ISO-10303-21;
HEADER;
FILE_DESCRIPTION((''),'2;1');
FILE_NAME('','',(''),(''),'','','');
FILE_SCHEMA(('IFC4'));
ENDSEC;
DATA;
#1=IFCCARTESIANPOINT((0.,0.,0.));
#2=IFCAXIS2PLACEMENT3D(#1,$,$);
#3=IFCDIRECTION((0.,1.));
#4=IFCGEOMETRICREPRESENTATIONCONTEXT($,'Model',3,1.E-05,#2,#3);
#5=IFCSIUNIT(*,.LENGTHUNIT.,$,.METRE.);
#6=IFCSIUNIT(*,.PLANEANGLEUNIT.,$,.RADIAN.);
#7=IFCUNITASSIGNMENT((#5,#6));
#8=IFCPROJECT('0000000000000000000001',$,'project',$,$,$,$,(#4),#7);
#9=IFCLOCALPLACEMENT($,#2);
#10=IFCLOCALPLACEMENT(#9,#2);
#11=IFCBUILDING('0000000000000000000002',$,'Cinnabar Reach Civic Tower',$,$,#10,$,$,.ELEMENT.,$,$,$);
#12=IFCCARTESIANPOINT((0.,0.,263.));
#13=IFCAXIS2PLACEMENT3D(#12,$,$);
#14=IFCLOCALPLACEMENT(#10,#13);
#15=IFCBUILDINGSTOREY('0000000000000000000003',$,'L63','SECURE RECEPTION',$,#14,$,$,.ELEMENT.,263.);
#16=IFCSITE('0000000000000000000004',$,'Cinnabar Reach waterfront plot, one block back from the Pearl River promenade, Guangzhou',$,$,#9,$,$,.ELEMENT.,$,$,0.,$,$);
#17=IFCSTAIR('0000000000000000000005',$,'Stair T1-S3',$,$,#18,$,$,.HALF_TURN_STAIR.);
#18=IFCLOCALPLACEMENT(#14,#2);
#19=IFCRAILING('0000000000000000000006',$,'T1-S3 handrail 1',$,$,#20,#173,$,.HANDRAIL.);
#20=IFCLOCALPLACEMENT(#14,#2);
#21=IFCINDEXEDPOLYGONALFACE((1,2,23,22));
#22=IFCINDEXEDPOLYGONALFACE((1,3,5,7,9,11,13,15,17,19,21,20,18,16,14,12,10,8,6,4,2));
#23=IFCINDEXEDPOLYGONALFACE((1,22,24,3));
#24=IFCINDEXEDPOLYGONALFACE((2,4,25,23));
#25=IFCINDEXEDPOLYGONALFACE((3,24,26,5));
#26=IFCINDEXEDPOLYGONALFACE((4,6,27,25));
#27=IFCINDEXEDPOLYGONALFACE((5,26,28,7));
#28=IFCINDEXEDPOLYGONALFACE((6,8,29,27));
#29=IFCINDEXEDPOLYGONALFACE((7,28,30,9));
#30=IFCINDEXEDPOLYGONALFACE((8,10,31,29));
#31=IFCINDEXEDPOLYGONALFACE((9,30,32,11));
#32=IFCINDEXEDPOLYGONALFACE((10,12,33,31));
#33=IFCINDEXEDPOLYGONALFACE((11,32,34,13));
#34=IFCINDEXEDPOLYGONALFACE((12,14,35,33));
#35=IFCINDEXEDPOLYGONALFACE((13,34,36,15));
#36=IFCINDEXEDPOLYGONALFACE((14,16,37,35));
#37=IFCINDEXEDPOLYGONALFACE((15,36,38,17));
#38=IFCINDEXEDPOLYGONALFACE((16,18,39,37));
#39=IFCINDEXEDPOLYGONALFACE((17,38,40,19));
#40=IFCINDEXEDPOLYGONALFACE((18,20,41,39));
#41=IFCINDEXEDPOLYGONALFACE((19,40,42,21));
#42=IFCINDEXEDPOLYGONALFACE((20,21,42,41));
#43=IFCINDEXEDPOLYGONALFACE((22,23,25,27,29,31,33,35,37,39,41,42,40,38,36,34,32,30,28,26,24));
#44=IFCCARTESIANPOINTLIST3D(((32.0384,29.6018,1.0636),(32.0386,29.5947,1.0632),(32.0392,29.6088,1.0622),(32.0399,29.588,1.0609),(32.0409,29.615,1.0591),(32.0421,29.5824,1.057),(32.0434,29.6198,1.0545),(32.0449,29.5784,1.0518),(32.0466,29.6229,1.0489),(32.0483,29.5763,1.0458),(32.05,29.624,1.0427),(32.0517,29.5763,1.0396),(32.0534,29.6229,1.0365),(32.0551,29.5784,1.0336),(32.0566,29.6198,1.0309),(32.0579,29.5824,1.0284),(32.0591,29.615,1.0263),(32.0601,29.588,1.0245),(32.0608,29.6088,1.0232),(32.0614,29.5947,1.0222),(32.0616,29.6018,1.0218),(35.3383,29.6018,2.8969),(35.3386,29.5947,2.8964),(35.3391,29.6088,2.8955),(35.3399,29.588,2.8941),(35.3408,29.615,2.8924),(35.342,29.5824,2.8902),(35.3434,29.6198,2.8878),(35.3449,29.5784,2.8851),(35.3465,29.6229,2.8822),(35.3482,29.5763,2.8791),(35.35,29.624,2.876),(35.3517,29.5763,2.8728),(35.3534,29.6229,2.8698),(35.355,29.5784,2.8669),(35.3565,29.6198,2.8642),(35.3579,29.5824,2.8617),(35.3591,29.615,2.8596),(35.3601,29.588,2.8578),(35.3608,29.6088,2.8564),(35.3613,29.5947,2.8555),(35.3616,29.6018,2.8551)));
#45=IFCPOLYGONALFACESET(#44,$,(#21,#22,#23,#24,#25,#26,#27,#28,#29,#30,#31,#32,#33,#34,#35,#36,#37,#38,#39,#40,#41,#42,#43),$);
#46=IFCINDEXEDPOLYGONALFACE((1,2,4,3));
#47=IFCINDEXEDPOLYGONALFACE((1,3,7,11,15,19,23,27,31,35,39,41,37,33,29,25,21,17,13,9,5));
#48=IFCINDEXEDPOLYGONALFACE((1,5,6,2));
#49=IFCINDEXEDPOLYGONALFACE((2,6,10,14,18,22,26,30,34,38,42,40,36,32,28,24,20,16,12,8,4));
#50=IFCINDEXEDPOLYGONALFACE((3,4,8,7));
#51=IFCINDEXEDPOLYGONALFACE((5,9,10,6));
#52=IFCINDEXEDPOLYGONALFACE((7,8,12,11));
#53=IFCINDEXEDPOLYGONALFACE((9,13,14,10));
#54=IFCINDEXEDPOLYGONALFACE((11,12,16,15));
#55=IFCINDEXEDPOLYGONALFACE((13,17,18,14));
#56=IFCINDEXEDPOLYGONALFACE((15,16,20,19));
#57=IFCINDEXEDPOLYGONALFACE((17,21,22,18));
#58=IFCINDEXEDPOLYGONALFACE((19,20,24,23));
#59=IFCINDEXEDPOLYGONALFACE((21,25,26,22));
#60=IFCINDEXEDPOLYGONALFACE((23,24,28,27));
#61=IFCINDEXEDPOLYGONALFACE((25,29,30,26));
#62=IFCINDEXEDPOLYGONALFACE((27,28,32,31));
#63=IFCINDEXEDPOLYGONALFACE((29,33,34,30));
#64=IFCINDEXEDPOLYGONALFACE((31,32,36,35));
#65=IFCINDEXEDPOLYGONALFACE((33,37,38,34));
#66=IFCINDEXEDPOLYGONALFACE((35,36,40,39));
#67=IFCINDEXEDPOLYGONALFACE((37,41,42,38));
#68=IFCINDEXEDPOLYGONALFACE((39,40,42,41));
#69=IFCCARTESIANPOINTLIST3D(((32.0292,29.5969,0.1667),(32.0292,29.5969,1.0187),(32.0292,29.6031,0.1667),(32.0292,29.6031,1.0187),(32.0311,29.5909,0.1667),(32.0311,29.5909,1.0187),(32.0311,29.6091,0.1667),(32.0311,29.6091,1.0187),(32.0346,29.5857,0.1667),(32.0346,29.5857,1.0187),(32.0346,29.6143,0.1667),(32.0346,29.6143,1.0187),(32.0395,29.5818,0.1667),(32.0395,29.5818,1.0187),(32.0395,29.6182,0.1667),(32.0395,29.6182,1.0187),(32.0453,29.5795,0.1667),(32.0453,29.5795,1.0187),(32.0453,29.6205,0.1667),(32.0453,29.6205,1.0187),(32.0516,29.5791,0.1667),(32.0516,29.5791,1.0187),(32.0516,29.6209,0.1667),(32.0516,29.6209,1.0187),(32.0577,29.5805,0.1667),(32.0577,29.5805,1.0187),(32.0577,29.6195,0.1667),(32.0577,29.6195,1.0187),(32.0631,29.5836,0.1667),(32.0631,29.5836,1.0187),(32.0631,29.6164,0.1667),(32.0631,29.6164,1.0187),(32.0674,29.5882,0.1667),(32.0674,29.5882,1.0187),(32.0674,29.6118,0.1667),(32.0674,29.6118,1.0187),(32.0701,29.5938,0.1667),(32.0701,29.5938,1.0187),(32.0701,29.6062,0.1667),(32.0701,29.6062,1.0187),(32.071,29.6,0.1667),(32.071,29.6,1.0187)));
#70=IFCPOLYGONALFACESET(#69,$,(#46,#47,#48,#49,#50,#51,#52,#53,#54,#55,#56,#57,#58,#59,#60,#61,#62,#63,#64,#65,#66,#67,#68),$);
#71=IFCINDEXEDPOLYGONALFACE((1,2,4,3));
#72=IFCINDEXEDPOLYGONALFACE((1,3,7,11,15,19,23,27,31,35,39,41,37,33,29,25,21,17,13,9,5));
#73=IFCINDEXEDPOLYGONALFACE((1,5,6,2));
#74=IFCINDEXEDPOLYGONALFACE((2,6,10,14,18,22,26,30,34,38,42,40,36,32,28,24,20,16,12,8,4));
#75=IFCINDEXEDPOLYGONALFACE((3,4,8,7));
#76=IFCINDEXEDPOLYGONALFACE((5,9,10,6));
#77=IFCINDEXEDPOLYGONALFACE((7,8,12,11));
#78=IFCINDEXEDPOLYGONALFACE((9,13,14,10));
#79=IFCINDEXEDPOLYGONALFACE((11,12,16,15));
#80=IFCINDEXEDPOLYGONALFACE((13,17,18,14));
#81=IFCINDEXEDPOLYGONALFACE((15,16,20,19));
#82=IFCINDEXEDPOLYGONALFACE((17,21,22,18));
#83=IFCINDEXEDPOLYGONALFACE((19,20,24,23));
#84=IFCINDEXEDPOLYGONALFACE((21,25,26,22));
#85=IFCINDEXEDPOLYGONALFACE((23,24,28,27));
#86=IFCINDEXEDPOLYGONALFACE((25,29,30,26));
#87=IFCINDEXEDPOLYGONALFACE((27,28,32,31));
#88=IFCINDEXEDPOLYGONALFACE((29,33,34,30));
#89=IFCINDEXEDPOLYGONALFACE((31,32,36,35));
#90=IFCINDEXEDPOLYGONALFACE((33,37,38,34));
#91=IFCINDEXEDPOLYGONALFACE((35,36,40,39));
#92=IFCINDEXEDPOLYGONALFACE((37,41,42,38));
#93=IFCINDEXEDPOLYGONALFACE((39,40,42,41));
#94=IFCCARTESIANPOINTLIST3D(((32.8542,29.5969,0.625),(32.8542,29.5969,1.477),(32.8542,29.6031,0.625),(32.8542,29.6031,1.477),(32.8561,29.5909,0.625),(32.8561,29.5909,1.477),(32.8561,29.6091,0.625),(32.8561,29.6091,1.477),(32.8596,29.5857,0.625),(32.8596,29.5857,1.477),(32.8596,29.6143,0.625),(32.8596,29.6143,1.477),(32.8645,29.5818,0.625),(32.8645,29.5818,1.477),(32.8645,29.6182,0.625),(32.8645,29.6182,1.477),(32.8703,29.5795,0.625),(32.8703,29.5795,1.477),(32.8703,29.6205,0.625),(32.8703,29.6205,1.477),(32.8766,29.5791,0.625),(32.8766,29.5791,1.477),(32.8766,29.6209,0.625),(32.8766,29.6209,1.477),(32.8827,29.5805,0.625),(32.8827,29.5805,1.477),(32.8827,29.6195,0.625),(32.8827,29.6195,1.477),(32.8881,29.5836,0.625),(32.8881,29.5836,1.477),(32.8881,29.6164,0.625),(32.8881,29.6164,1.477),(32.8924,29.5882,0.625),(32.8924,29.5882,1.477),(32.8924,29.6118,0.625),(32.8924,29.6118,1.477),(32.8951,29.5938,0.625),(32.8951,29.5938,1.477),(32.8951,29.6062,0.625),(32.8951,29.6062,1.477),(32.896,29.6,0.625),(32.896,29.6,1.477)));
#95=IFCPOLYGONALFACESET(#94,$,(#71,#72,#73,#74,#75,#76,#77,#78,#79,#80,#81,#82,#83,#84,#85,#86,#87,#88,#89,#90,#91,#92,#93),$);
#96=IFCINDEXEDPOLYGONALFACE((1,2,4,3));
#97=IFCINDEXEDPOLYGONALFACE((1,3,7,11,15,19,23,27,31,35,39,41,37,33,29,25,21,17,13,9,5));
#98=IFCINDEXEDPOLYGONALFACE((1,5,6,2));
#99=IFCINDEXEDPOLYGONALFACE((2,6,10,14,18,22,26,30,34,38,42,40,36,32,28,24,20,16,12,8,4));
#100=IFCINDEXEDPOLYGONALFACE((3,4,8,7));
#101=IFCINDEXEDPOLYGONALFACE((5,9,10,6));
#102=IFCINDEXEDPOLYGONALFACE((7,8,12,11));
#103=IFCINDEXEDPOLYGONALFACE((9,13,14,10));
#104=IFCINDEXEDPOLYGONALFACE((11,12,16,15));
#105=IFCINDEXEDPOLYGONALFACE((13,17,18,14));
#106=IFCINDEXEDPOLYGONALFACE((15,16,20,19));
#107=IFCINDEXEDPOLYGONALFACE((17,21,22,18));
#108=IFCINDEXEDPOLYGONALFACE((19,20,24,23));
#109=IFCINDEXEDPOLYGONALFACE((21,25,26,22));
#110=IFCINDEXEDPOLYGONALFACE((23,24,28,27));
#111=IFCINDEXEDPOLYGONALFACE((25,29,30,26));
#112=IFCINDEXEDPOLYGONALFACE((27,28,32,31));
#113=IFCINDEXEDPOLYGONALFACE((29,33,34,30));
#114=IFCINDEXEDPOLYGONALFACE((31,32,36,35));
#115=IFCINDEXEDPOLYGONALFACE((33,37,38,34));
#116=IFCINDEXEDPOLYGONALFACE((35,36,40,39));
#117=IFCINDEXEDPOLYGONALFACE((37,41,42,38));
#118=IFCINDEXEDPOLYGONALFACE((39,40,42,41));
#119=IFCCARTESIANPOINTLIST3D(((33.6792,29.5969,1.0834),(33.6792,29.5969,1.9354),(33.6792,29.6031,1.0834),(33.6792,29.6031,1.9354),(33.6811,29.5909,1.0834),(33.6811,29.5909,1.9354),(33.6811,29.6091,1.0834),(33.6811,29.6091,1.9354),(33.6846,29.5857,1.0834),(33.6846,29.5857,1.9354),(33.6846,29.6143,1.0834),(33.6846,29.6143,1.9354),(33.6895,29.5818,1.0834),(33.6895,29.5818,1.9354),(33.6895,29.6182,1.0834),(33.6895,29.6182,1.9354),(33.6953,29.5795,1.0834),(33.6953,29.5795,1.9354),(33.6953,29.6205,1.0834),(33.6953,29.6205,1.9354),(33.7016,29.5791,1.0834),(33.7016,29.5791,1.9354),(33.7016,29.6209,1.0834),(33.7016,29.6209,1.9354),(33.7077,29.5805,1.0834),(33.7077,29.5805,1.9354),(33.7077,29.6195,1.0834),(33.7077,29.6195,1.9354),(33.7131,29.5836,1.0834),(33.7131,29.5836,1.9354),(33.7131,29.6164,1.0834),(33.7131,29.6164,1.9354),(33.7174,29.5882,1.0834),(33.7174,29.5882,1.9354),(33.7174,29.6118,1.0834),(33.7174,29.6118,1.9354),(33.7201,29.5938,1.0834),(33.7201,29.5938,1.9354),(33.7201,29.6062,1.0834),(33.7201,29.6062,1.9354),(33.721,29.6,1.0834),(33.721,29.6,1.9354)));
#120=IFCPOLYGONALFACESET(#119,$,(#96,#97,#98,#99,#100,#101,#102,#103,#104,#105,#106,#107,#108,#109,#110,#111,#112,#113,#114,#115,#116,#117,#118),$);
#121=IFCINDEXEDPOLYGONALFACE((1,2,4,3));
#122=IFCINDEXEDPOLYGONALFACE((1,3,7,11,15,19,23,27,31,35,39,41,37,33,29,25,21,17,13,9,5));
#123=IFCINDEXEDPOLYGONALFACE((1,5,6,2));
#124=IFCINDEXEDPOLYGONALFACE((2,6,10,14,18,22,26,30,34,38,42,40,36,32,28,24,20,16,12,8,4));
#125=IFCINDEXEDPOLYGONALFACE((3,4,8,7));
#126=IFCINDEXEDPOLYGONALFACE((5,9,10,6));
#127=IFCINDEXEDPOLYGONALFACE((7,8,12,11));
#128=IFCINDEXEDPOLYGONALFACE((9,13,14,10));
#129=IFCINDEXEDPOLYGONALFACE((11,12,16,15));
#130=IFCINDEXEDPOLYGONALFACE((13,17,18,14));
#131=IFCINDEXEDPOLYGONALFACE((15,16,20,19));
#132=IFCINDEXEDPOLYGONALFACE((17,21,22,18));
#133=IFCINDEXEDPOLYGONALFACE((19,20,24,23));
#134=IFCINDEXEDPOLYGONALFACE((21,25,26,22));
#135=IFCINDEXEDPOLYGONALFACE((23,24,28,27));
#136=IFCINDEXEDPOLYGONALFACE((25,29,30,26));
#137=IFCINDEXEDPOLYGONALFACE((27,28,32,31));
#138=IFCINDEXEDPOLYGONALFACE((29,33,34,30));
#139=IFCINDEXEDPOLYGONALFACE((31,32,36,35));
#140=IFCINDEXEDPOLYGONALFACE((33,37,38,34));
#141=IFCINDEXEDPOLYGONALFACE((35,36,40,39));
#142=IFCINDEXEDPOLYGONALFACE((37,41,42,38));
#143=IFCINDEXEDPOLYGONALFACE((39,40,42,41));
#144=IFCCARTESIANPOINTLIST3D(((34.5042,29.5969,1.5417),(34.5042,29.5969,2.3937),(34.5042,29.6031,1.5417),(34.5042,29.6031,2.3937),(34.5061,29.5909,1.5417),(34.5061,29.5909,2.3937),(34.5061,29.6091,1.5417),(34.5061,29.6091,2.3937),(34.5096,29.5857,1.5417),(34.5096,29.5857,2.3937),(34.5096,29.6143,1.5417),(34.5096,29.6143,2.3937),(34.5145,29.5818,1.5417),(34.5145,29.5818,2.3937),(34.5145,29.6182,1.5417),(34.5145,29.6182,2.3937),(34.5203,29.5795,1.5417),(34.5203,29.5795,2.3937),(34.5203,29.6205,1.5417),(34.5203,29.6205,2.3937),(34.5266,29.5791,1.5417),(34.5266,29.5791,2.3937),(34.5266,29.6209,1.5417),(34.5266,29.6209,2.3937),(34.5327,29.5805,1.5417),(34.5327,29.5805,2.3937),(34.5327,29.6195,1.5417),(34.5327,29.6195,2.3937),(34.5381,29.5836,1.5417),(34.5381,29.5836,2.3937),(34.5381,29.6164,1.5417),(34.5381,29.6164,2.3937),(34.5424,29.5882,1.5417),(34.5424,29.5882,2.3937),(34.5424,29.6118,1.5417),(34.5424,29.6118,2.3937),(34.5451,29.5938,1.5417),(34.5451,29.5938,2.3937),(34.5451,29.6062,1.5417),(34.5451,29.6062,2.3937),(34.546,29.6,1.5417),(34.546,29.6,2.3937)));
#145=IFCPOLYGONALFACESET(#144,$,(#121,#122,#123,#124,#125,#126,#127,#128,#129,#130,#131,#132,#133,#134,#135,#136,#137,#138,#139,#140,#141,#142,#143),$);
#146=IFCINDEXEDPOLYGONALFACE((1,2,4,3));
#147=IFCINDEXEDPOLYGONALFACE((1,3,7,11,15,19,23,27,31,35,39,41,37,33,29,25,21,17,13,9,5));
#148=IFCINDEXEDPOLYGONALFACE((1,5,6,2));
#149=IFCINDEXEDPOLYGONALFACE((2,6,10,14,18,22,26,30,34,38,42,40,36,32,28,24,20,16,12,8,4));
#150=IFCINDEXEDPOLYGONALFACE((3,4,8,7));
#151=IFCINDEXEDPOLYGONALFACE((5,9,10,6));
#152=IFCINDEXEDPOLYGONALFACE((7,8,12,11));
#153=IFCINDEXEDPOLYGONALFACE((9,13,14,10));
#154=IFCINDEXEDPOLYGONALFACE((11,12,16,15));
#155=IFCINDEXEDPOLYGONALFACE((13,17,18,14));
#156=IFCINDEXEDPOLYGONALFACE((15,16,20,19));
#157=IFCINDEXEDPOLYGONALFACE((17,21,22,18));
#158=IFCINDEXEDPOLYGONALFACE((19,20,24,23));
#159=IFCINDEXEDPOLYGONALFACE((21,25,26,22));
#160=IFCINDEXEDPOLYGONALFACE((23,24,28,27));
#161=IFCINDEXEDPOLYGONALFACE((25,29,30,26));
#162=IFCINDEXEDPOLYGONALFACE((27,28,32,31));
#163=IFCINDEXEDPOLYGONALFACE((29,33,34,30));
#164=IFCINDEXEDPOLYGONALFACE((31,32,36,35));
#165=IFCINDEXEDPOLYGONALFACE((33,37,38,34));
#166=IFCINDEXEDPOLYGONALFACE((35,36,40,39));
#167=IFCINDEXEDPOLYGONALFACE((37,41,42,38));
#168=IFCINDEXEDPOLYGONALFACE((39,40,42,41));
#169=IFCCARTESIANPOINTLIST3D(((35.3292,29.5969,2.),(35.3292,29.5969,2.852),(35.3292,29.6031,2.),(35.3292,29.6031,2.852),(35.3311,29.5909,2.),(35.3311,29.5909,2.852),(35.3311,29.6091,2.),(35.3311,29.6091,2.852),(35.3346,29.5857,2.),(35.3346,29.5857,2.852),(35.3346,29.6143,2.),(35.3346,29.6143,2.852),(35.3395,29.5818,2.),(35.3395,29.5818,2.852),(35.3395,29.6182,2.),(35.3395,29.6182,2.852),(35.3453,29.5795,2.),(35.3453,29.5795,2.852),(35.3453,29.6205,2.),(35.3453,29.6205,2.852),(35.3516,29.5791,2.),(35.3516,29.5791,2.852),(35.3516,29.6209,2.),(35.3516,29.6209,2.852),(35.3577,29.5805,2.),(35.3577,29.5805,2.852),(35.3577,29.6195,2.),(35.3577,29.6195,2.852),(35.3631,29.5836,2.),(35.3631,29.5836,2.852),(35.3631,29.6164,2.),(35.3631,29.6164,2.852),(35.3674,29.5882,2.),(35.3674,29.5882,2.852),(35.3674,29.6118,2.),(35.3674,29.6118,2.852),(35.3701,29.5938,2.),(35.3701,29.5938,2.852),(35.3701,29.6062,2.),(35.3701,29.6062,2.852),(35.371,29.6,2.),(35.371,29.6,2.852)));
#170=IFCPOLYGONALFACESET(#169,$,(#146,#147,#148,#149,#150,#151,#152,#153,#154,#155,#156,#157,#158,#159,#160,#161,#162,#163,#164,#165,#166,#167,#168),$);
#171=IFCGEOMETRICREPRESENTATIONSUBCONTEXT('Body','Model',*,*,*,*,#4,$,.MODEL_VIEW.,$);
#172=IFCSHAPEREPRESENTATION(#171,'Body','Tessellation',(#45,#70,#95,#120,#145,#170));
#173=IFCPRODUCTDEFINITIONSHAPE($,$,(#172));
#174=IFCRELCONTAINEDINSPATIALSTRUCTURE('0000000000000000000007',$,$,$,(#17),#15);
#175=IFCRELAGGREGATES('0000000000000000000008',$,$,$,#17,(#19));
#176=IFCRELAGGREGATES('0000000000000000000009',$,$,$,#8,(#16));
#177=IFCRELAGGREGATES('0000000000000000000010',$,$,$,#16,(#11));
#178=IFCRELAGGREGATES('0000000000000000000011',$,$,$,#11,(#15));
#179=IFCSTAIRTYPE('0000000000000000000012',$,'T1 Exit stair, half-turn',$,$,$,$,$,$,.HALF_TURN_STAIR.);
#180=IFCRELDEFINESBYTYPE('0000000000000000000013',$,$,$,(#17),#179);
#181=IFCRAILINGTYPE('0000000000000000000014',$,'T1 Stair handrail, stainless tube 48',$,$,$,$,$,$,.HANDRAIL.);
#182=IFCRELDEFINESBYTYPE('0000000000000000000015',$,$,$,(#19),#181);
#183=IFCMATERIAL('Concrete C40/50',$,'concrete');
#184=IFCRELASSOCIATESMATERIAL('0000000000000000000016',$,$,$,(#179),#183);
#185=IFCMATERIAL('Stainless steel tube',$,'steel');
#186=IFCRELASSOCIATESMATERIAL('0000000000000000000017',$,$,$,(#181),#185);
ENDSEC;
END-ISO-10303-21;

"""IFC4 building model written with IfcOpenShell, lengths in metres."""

from ifc_helpers import new_model, si_unit, direction, frame, origin, origin_2d, place, context, subcontext, project, spatial, circle, extrude, material, type_object, element, aggregate, save


model = new_model("IFC4")

# Units and contexts
model_context = context("Model", 3, precision=1e-05, world=origin(), true_north=direction((0.0, 1.0)))
body_context = subcontext(model_context, "Body", "Model", "MODEL_VIEW")
ifc_project = project(units=[si_unit("LENGTHUNIT", "METRE"), si_unit("PLANEANGLEUNIT", "RADIAN")], contexts=[model_context])

# Site, building, storey
site_placement = place(None, origin())
site = spatial("IfcSite", under=ifc_project, at=site_placement, Name="Cinnabar Reach waterfront plot, one block back from the Pearl River promenade, Guangzhou", CompositionType="ELEMENT", RefElevation=0.0)
building_placement = place(site_placement, origin())
building = spatial("IfcBuilding", under=site, at=building_placement, Name="Cinnabar Reach Civic Tower", CompositionType="ELEMENT")
storey_placement = place(building_placement, frame((0.0, 0.0, 263.0)))
storey = spatial("IfcBuildingStorey", under=building, at=storey_placement, Name="L63", Description="SECURE RECEPTION", CompositionType="ELEMENT", Elevation=263.0)

# Stair, railing
ifc_material_1 = material(Name="Concrete C40/50", Category="concrete")
stair_type = type_object("IfcStairType", Name="T1 Exit stair, half-turn", PredefinedType="HALF_TURN_STAIR", material=ifc_material_1)
stair_placement = place(storey_placement, origin())
stair = element("IfcStair", 1, at=stair_placement, inside=storey, type_object=stair_type, Name="Stair T1-S3", PredefinedType="HALF_TURN_STAIR")
ifc_material_2 = material(Name="Stainless steel tube", Category="steel")
railing_type = type_object("IfcRailingType", Name="T1 Stair handrail, stainless tube 48", PredefinedType="HANDRAIL", material=ifc_material_2)
railing_1_placement = place(storey_placement, frame((32.05, 29.6, 0.1667)))
railing_1 = element("IfcRailing", 2, at=railing_1_placement, type_object=railing_type, Name="T1-S3 handrail 1", PredefinedType="HANDRAIL", context=body_context, shape_type="SweptSolid", body=[
    extrude(circle(Radius=0.024, at=origin_2d()), frame((0.0, 0.0, 0.876), z_axis=(0.874161, 0.0, 0.485636), x_axis=(0.0, 1.0, 0.0)), (0.0, 0.0, 1.0), 3.775),
    extrude(circle(Radius=0.021, at=origin_2d()), origin(), (0.0, 0.0, 1.0), 0.852),
    extrude(circle(Radius=0.021, at=origin_2d()), frame((0.825, 0.0, 0.4583)), (0.0, 0.0, 1.0), 0.852),
    extrude(circle(Radius=0.021, at=origin_2d()), frame((1.65, 0.0, 0.9167)), (0.0, 0.0, 1.0), 0.852),
    extrude(circle(Radius=0.021, at=origin_2d()), frame((2.475, 0.0, 1.375)), (0.0, 0.0, 1.0), 0.852),
    extrude(circle(Radius=0.021, at=origin_2d()), frame((3.3, 0.0, 1.8333)), (0.0, 0.0, 1.0), 0.852),
])
aggregate(stair, [railing_1])

save(model, "model.ifc")
